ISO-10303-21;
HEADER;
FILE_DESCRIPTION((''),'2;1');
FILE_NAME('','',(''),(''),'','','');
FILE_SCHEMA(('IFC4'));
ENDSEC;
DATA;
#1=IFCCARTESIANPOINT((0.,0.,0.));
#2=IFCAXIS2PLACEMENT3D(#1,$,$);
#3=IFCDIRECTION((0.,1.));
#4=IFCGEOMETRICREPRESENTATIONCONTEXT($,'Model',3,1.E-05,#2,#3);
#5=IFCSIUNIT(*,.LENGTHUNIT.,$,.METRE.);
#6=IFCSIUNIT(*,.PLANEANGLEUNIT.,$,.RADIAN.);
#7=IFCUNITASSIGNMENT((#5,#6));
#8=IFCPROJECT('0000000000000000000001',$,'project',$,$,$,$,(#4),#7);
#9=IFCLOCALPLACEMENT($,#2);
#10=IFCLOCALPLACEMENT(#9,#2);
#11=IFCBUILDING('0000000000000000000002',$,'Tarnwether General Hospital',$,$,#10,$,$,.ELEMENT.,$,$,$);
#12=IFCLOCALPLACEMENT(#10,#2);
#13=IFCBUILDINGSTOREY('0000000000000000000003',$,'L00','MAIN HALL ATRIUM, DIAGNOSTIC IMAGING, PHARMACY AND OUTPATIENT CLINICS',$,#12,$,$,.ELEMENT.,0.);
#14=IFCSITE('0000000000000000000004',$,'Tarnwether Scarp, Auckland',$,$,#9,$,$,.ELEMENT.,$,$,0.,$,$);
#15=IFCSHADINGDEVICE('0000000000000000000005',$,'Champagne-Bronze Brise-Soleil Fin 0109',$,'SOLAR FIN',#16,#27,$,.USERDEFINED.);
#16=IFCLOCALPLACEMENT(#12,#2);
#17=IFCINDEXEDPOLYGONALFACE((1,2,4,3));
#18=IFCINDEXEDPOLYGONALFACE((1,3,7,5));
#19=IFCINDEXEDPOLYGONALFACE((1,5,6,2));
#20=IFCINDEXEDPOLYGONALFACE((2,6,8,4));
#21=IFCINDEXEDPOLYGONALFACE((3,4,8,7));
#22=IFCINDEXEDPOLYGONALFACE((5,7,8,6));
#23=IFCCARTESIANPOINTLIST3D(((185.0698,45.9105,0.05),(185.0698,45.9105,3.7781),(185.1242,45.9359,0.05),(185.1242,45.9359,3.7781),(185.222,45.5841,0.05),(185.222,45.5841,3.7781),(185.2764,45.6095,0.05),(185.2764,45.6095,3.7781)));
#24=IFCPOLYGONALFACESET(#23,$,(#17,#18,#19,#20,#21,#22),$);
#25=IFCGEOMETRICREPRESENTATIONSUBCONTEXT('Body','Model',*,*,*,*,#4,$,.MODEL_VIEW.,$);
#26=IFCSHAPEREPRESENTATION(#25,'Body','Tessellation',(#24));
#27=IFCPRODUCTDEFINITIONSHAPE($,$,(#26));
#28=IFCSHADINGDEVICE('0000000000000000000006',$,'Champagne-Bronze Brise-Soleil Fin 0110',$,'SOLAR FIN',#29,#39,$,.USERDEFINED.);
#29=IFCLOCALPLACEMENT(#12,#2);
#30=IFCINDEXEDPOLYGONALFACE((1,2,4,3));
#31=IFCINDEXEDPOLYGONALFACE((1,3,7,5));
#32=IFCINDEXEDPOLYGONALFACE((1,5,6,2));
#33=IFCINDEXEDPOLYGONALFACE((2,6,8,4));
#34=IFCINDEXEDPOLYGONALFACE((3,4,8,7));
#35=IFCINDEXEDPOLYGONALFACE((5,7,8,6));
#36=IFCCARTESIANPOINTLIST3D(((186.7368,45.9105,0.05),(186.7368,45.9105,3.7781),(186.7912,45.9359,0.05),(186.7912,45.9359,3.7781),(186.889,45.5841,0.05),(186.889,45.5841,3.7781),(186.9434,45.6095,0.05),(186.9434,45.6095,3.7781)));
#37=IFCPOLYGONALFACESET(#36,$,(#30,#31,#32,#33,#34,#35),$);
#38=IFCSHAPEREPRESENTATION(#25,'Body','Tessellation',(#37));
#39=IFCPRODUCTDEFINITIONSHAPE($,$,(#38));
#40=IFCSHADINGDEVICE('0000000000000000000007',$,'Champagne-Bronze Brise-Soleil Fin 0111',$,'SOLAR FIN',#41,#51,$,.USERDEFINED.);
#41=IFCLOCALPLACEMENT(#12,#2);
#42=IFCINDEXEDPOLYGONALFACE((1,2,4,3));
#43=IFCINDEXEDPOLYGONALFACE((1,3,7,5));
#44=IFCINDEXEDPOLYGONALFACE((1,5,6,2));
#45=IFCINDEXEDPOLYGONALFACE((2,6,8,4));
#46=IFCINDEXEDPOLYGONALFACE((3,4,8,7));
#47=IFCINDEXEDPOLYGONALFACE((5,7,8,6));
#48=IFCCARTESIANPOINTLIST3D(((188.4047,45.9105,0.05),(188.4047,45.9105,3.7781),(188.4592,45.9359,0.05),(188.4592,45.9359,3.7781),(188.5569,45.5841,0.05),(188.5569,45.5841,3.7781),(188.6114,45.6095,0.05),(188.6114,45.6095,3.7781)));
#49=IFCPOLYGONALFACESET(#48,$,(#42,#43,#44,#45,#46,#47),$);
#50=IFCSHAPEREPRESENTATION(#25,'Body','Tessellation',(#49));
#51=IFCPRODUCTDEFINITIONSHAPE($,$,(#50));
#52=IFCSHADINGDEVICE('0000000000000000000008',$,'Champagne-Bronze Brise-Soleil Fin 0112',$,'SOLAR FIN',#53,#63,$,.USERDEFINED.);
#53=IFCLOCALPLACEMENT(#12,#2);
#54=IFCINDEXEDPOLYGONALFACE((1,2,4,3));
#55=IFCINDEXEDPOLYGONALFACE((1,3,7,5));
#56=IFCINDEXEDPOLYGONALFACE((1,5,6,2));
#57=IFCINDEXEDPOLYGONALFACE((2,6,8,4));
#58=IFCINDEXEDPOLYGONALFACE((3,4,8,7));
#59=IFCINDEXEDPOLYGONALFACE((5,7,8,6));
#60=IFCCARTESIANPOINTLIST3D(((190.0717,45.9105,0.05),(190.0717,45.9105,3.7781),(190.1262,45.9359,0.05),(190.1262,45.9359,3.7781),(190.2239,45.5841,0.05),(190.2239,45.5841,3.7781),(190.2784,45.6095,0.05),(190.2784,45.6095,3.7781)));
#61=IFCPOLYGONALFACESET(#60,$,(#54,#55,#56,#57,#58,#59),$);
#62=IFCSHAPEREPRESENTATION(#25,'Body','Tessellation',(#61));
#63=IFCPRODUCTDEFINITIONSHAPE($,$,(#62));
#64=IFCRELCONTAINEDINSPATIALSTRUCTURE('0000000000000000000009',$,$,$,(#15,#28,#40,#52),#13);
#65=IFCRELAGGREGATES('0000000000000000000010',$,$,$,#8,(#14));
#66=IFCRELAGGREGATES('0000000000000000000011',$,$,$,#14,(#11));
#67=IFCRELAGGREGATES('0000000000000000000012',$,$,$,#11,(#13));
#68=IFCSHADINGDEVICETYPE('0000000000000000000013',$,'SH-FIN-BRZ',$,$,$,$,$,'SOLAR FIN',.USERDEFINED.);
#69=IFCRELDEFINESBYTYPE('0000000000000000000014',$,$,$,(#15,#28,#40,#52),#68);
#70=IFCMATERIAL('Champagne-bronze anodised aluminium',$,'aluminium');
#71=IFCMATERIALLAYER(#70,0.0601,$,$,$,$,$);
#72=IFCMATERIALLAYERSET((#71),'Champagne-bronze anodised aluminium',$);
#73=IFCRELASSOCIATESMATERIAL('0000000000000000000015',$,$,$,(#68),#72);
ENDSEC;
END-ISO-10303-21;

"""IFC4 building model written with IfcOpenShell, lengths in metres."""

from ifc_helpers import new_model, si_unit, direction, frame, origin, origin_2d, place, context, subcontext, project, spatial, rectangle, extrude, material, layer, layer_set, type_object, element, save


model = new_model("IFC4")

# Units and contexts
model_context = context("Model", 3, precision=1e-05, world=origin(), true_north=direction((0.0, 1.0)))
body_context = subcontext(model_context, "Body", "Model", "MODEL_VIEW")
ifc_project = project(units=[si_unit("LENGTHUNIT", "METRE"), si_unit("PLANEANGLEUNIT", "RADIAN")], contexts=[model_context])

# Site, building, storey
site_placement = place(None, origin())
site = spatial("IfcSite", under=ifc_project, at=site_placement, Name="Tarnwether Scarp, Auckland", CompositionType="ELEMENT", RefElevation=0.0)
building_placement = place(site_placement, origin())
building = spatial("IfcBuilding", under=site, at=building_placement, Name="Tarnwether General Hospital", CompositionType="ELEMENT")
storey_placement = place(building_placement, origin())
storey = spatial("IfcBuildingStorey", under=building, at=storey_placement, Name="L00", Description="MAIN HALL ATRIUM, DIAGNOSTIC IMAGING, PHARMACY AND OUTPATIENT CLINICS", CompositionType="ELEMENT", Elevation=0.0)

# Shading devices
ifc_material_1 = material(Name="Champagne-bronze anodised aluminium", Category="aluminium")
ifc_layer_1 = layer(ifc_material_1, 0.0601)
ifc_layer_set_1 = layer_set([ifc_layer_1], Name="Champagne-bronze anodised aluminium")
shading_device_type = type_object("IfcShadingDeviceType", Name="SH-FIN-BRZ", ElementType="SOLAR FIN", PredefinedType="USERDEFINED", material=ifc_layer_set_1)
for number, where, z_axis, x_axis, name in (
    (1, (185.1731, 45.76, 0.05), (0.0, 0.0, 1.0), (0.906308, 0.422618, 0.0), "Champagne-Bronze Brise-Soleil Fin 0109"),
    (2, (186.8401, 45.76, 0.05), (0.0, 0.0, 1.0), (0.906308, 0.422618, 0.0), "Champagne-Bronze Brise-Soleil Fin 0110"),
    (3, (188.5081, 45.76, 0.05), (0.0, 0.0, 1.0), (0.906308, 0.422618, 0.0), "Champagne-Bronze Brise-Soleil Fin 0111"),
    (4, (190.175, 45.76, 0.05), (0.0, 0.0, 1.0), (0.906308, 0.422618, 0.0), "Champagne-Bronze Brise-Soleil Fin 0112"),
):
    element("IfcShadingDevice", number, at=place(storey_placement, frame(where, z_axis=z_axis, x_axis=x_axis)), inside=storey, type_object=shading_device_type, Name=name, ObjectType="SOLAR FIN", PredefinedType="USERDEFINED", context=body_context, shape_type="SweptSolid", body=[
        extrude(rectangle(XDim=0.0601, YDim=0.3601, at=origin_2d()), origin(), (0.0, 0.0, 1.0), 3.728),
    ])

save(model, "model.ifc")
